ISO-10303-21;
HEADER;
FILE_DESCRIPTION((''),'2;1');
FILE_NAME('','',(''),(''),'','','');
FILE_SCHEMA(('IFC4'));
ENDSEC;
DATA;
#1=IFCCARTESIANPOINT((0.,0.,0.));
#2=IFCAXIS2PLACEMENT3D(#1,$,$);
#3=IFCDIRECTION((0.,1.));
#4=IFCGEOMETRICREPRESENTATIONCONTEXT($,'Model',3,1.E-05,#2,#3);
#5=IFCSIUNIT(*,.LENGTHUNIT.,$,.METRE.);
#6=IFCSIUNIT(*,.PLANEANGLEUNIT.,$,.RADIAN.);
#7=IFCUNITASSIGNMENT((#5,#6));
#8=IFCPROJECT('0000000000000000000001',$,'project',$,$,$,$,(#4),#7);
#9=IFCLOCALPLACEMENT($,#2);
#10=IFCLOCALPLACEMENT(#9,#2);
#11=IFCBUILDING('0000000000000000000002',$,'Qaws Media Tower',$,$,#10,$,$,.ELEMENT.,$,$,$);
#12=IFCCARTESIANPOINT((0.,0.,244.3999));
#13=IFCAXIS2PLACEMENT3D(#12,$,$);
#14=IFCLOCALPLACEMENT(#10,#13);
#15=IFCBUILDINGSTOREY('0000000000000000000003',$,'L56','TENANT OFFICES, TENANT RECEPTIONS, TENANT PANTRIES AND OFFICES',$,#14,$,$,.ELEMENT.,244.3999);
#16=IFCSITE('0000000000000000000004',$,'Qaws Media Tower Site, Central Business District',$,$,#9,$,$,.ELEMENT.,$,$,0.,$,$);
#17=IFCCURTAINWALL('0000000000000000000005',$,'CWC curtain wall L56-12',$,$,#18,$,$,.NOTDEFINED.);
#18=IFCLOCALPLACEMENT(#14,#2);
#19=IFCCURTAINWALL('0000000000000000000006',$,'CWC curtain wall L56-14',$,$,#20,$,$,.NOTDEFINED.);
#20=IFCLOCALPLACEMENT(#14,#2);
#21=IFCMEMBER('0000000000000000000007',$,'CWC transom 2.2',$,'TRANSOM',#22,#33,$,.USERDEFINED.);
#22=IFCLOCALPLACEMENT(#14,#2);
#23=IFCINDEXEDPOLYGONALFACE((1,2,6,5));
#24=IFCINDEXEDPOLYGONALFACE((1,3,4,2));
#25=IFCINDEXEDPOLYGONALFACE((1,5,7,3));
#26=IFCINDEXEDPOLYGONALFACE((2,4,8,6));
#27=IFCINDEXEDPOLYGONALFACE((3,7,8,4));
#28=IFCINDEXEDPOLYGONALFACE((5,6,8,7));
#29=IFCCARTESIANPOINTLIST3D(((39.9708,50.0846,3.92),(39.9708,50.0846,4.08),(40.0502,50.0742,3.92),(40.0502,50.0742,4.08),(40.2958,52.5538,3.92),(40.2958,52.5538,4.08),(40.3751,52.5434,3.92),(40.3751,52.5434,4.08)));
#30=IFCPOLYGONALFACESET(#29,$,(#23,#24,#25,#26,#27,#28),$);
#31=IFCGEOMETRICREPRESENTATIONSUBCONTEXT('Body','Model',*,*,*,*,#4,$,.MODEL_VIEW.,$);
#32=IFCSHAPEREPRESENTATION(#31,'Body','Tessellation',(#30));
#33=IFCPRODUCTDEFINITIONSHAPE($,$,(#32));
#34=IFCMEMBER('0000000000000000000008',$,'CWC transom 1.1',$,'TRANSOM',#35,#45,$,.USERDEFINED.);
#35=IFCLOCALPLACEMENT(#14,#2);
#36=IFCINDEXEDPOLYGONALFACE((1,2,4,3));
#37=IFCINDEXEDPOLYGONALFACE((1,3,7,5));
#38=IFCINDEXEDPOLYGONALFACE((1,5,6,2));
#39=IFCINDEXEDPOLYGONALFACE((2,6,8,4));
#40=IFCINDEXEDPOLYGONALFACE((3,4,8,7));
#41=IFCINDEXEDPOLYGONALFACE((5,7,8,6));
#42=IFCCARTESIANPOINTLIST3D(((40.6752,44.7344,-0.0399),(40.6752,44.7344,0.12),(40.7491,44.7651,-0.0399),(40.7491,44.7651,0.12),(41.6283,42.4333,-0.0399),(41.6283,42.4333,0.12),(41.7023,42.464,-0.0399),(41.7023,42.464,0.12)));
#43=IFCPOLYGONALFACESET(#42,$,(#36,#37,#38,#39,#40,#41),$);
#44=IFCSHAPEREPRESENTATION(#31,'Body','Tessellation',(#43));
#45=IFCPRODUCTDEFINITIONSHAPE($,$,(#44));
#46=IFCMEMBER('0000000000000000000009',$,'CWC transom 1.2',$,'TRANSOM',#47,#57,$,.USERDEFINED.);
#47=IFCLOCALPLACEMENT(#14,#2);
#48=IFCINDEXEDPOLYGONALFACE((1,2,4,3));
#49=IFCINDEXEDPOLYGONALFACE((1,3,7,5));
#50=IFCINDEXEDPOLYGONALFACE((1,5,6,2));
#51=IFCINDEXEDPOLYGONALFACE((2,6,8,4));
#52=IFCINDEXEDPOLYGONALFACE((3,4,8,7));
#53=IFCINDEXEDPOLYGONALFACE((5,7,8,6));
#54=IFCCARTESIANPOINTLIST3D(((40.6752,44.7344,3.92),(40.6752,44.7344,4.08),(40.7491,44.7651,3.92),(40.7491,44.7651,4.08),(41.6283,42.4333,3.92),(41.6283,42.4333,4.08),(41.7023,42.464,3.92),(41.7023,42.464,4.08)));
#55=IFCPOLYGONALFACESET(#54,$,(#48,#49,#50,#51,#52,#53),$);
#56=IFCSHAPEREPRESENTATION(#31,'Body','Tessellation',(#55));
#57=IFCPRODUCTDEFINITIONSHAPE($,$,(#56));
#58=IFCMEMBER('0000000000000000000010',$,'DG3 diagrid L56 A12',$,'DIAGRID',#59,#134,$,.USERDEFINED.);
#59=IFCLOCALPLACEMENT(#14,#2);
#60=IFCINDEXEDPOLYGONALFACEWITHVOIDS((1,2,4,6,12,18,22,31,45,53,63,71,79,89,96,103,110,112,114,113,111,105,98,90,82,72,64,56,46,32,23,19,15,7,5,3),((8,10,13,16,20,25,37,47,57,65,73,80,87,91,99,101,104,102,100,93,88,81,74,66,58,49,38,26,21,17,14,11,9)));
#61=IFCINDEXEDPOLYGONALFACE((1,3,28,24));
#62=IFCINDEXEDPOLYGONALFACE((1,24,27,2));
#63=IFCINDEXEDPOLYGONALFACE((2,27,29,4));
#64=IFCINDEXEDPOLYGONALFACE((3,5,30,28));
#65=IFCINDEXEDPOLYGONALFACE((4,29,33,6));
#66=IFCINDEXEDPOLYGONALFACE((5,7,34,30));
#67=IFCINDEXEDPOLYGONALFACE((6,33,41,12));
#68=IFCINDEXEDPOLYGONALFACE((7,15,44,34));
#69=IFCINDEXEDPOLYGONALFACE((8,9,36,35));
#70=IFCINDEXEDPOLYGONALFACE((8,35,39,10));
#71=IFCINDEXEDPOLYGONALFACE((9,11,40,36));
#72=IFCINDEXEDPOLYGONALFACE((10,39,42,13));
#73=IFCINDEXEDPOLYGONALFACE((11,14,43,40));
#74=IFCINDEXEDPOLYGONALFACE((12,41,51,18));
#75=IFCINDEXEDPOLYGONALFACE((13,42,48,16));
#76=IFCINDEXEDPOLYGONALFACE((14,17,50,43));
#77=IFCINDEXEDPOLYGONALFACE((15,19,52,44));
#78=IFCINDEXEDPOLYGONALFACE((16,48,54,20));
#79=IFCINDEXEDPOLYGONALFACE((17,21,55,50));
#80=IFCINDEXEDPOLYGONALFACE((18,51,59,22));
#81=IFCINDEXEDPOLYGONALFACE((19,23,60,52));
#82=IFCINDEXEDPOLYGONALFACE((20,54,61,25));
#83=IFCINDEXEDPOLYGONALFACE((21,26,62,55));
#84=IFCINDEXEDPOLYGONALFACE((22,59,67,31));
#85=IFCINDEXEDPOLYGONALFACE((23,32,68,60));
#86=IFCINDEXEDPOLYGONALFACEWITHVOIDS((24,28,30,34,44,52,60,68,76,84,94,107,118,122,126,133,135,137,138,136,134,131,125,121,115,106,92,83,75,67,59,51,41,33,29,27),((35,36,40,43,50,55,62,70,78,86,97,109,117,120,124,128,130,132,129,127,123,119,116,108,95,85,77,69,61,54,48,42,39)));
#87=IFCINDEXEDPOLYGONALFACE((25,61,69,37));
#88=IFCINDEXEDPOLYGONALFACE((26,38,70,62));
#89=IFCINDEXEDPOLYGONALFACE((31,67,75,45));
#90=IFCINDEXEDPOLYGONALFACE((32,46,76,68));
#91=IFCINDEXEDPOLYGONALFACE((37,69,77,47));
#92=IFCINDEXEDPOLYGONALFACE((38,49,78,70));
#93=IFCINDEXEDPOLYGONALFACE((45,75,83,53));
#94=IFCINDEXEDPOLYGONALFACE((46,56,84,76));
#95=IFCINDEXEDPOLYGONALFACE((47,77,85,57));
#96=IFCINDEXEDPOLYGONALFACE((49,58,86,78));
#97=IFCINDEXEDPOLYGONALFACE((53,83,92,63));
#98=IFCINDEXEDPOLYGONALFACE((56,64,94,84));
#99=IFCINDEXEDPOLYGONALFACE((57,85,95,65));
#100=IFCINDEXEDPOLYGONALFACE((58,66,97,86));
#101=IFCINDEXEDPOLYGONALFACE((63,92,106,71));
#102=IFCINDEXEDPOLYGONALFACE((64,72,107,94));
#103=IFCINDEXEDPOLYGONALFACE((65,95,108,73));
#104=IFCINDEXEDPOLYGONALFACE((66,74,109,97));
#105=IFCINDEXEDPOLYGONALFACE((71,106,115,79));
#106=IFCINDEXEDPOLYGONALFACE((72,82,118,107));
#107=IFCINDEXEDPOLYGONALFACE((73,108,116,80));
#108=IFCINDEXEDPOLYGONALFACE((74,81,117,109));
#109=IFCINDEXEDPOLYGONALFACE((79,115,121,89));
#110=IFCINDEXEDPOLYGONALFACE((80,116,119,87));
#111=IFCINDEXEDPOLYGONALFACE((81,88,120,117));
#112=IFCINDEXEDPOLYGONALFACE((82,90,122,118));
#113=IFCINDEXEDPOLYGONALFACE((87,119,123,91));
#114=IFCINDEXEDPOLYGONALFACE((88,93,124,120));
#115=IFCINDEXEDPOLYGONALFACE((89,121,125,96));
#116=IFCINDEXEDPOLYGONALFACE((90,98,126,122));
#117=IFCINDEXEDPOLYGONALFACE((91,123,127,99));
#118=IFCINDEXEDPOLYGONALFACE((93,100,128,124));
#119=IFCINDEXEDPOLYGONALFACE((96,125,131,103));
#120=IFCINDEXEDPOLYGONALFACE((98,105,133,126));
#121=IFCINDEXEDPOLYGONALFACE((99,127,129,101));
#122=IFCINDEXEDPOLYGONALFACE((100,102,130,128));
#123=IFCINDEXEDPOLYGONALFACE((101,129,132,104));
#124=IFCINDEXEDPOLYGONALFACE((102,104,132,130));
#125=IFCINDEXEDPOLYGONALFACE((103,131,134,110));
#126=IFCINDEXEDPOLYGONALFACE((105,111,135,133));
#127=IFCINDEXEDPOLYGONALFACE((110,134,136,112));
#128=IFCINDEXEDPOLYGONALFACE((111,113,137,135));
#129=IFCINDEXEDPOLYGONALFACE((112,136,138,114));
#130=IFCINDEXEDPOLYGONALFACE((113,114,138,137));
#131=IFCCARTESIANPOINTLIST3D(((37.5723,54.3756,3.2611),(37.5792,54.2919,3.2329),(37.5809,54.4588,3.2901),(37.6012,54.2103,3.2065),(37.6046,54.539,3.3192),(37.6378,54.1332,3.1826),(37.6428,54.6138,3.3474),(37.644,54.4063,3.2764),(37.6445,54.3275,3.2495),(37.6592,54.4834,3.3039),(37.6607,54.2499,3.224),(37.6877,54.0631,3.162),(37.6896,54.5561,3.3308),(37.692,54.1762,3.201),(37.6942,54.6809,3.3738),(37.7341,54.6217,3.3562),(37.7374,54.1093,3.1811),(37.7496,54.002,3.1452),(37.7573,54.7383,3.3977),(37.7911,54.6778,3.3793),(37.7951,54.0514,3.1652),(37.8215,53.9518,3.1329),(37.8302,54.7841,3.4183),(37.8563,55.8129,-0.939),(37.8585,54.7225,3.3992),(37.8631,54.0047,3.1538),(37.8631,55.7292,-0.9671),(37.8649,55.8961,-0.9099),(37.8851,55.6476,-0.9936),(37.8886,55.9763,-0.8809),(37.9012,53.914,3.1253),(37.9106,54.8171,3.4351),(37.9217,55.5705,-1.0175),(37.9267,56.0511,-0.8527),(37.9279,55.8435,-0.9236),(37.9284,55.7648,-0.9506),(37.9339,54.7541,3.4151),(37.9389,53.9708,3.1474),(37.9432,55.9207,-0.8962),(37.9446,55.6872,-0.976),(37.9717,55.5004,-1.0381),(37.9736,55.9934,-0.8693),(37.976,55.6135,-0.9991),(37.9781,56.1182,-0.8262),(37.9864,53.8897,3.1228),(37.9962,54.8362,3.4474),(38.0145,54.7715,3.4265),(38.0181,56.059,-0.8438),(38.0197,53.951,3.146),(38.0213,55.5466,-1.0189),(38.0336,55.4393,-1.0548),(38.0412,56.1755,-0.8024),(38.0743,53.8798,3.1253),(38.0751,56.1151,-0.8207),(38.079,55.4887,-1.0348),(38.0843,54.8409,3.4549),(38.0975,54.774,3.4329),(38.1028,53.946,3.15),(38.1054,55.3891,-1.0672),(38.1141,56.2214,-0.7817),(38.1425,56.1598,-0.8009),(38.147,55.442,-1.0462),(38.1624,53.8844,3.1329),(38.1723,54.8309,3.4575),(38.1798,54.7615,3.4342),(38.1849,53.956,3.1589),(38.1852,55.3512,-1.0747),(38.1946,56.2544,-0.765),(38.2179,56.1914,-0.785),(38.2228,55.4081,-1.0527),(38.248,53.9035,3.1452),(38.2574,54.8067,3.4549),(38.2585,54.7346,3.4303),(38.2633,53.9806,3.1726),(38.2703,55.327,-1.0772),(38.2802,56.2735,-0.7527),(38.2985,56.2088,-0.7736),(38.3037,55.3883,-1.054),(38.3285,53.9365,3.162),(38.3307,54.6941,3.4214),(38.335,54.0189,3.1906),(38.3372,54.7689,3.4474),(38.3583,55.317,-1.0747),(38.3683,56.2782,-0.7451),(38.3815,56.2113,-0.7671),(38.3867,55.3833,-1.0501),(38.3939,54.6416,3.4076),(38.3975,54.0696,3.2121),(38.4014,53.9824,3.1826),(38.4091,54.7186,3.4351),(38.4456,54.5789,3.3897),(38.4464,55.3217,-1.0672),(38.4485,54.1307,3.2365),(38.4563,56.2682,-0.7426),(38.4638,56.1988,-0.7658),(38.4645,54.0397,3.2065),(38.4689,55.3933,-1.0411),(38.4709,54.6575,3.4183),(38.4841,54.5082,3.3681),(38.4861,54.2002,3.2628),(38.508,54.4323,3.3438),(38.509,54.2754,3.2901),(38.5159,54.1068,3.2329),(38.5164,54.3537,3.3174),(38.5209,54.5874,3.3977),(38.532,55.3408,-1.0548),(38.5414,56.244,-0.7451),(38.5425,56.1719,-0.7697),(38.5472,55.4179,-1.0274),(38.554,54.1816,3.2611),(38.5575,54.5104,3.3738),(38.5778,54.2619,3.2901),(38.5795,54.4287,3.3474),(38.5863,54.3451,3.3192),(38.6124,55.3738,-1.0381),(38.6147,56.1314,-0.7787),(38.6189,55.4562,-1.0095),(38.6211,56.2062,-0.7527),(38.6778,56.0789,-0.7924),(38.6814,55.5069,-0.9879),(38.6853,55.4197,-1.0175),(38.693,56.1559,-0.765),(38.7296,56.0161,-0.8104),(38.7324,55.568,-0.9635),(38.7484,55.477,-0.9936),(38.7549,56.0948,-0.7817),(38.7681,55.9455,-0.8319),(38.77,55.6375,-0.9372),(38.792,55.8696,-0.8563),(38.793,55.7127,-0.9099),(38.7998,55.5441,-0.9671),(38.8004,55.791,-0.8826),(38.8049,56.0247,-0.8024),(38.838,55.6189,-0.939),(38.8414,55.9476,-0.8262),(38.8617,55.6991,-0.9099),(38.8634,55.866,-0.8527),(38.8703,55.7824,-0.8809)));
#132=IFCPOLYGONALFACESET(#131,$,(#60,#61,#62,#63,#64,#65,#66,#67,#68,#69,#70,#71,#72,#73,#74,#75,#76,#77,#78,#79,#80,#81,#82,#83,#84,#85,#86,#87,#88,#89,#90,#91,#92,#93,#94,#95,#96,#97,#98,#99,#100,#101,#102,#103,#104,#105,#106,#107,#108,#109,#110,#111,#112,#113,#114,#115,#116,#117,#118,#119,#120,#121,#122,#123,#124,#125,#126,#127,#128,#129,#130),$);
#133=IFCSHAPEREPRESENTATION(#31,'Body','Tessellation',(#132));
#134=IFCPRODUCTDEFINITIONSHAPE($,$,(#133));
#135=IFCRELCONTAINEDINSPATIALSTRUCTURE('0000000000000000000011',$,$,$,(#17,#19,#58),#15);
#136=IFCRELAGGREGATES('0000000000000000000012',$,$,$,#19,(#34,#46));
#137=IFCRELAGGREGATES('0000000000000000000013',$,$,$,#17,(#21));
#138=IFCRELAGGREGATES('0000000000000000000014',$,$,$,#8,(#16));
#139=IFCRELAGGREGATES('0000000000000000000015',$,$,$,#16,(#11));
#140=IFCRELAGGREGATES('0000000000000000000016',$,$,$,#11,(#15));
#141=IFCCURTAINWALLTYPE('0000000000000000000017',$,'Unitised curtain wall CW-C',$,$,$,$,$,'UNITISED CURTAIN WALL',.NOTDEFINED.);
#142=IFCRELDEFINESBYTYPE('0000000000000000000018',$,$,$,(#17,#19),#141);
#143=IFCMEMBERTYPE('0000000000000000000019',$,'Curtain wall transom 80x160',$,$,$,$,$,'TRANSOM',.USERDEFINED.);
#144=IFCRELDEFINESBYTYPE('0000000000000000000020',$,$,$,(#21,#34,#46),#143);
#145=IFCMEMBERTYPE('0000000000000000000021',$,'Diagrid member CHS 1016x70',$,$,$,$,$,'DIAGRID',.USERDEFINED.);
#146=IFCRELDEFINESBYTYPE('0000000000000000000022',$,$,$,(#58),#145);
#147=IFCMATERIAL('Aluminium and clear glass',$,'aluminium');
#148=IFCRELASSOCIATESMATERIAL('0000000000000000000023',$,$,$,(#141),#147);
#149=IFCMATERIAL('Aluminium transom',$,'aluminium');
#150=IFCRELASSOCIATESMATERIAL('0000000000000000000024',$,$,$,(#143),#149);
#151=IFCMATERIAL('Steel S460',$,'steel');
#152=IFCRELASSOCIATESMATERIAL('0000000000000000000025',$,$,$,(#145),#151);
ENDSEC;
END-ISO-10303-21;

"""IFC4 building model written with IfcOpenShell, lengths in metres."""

from ifc_helpers import new_model, si_unit, direction, frame, origin, origin_2d, place, context, subcontext, project, spatial, rectangle, hollow_circle, extrude, material, material_profile, profile_set, type_object, element, aggregate, save


model = new_model("IFC4")

# Units and contexts
model_context = context("Model", 3, precision=1e-05, world=origin(), true_north=direction((0.0, 1.0)))
body_context = subcontext(model_context, "Body", "Model", "MODEL_VIEW")
ifc_project = project(units=[si_unit("LENGTHUNIT", "METRE"), si_unit("PLANEANGLEUNIT", "RADIAN")], contexts=[model_context])

# Site, building, storey
site_placement = place(None, origin())
site = spatial("IfcSite", under=ifc_project, at=site_placement, Name="Qaws Media Tower Site, Central Business District", CompositionType="ELEMENT", RefElevation=0.0)
building_placement = place(site_placement, origin())
building = spatial("IfcBuilding", under=site, at=building_placement, Name="Qaws Media Tower", CompositionType="ELEMENT")
storey_placement = place(building_placement, frame((0.0, 0.0, 244.3999)))
storey = spatial("IfcBuildingStorey", under=building, at=storey_placement, Name="L56", Description="TENANT OFFICES, TENANT RECEPTIONS, TENANT PANTRIES AND OFFICES", CompositionType="ELEMENT", Elevation=244.3999)

# Shared definitions
ifc_material_1 = material(Name="Aluminium and clear glass", Category="aluminium")
curtain_wall_type = type_object("IfcCurtainWallType", Name="Unitised curtain wall CW-C", ElementType="UNITISED CURTAIN WALL", PredefinedType="NOTDEFINED", material=ifc_material_1)

# Curtain wall
curtain_wall_1_placement = place(storey_placement, origin())
curtain_wall_1 = element("IfcCurtainWall", 1, at=curtain_wall_1_placement, inside=storey, type_object=curtain_wall_type, Name="CWC curtain wall L56-12", PredefinedType="NOTDEFINED")

# Curtain wall
curtain_wall_2_placement = place(storey_placement, origin())
curtain_wall_2 = element("IfcCurtainWall", 2, at=curtain_wall_2_placement, inside=storey, type_object=curtain_wall_type, Name="CWC curtain wall L56-14", PredefinedType="NOTDEFINED")

# Members
ifc_material_2 = material(Name="Aluminium transom", Category="aluminium")
ifc_material_profile_1 = material_profile(ifc_material_2, rectangle(XDim=0.0801, YDim=0.1599, at=origin_2d()), Name="80x160")
ifc_profile_set_1 = profile_set([ifc_material_profile_1], Name="Aluminium transom")
member_type_1 = type_object("IfcMemberType", Name="Curtain wall transom 80x160", ElementType="TRANSOM", PredefinedType="USERDEFINED", material=ifc_profile_set_1)
member_1_placement = place(storey_placement, frame((40.3354, 52.5486, 4.0), z_axis=(-0.130475, -0.991452, 0.0), x_axis=(0.991452, -0.130475, 0.0)))
member_1 = element("IfcMember", 3, at=member_1_placement, type_object=member_type_1, Name="CWC transom 2.2", ObjectType="TRANSOM", PredefinedType="USERDEFINED", context=body_context, shape_type="SweptSolid", body=[
    extrude(rectangle(XDim=0.0801, YDim=0.1599, at=origin_2d()), origin(), (0.0, 0.0, 1.0), 2.4905),
])
member_2_placement = place(storey_placement, frame((40.7122, 44.7498, 0.04), z_axis=(0.382687, -0.923878, 0.0), x_axis=(0.923878, 0.382687, 0.0)))
member_2 = element("IfcMember", 4, at=member_2_placement, type_object=member_type_1, Name="CWC transom 1.1", ObjectType="TRANSOM", PredefinedType="USERDEFINED", context=body_context, shape_type="SweptSolid", body=[
    extrude(rectangle(XDim=0.0801, YDim=0.1599, at=origin_2d()), origin(), (0.0, 0.0, 1.0), 2.4907),
])
member_3_placement = place(storey_placement, frame((40.7122, 44.7498, 4.0), z_axis=(0.382687, -0.923878, 0.0), x_axis=(0.923878, 0.382687, 0.0)))
member_3 = element("IfcMember", 5, at=member_3_placement, type_object=member_type_1, Name="CWC transom 1.2", ObjectType="TRANSOM", PredefinedType="USERDEFINED", context=body_context, shape_type="SweptSolid", body=[
    extrude(rectangle(XDim=0.0801, YDim=0.1599, at=origin_2d()), origin(), (0.0, 0.0, 1.0), 2.4907),
])
aggregate(curtain_wall_2, [member_2, member_3])

# Member
ifc_material_3 = material(Name="Steel S460", Category="steel")
ifc_material_profile_2 = material_profile(ifc_material_3, hollow_circle(Radius=0.5081, WallThickness=0.0701, at=origin_2d()), Name="CHS 1016x70")
ifc_profile_set_2 = profile_set([ifc_material_profile_2], Name="Steel S460")
member_type_2 = type_object("IfcMemberType", Name="Diagrid member CHS 1016x70", ElementType="DIAGRID", PredefinedType="USERDEFINED", material=ifc_profile_set_2)
member_4_placement = place(storey_placement, frame((38.3633, 55.7976, -0.9099), z_axis=(-0.063832, -0.323114, 0.944205), x_axis=(0.981039, -0.193808, 0.0)))
element("IfcMember", 6, at=member_4_placement, inside=storey, type_object=member_type_2, Name="DG3 diagrid L56 A12", ObjectType="DIAGRID", PredefinedType="USERDEFINED", context=body_context, shape_type="SweptSolid", body=[
    extrude(hollow_circle(Radius=0.5081, WallThickness=0.0701, at=origin_2d()), origin(), (0.0, 0.0, 1.0), 4.4482),
])

aggregate(curtain_wall_1, [member_1])

save(model, "model.ifc")
